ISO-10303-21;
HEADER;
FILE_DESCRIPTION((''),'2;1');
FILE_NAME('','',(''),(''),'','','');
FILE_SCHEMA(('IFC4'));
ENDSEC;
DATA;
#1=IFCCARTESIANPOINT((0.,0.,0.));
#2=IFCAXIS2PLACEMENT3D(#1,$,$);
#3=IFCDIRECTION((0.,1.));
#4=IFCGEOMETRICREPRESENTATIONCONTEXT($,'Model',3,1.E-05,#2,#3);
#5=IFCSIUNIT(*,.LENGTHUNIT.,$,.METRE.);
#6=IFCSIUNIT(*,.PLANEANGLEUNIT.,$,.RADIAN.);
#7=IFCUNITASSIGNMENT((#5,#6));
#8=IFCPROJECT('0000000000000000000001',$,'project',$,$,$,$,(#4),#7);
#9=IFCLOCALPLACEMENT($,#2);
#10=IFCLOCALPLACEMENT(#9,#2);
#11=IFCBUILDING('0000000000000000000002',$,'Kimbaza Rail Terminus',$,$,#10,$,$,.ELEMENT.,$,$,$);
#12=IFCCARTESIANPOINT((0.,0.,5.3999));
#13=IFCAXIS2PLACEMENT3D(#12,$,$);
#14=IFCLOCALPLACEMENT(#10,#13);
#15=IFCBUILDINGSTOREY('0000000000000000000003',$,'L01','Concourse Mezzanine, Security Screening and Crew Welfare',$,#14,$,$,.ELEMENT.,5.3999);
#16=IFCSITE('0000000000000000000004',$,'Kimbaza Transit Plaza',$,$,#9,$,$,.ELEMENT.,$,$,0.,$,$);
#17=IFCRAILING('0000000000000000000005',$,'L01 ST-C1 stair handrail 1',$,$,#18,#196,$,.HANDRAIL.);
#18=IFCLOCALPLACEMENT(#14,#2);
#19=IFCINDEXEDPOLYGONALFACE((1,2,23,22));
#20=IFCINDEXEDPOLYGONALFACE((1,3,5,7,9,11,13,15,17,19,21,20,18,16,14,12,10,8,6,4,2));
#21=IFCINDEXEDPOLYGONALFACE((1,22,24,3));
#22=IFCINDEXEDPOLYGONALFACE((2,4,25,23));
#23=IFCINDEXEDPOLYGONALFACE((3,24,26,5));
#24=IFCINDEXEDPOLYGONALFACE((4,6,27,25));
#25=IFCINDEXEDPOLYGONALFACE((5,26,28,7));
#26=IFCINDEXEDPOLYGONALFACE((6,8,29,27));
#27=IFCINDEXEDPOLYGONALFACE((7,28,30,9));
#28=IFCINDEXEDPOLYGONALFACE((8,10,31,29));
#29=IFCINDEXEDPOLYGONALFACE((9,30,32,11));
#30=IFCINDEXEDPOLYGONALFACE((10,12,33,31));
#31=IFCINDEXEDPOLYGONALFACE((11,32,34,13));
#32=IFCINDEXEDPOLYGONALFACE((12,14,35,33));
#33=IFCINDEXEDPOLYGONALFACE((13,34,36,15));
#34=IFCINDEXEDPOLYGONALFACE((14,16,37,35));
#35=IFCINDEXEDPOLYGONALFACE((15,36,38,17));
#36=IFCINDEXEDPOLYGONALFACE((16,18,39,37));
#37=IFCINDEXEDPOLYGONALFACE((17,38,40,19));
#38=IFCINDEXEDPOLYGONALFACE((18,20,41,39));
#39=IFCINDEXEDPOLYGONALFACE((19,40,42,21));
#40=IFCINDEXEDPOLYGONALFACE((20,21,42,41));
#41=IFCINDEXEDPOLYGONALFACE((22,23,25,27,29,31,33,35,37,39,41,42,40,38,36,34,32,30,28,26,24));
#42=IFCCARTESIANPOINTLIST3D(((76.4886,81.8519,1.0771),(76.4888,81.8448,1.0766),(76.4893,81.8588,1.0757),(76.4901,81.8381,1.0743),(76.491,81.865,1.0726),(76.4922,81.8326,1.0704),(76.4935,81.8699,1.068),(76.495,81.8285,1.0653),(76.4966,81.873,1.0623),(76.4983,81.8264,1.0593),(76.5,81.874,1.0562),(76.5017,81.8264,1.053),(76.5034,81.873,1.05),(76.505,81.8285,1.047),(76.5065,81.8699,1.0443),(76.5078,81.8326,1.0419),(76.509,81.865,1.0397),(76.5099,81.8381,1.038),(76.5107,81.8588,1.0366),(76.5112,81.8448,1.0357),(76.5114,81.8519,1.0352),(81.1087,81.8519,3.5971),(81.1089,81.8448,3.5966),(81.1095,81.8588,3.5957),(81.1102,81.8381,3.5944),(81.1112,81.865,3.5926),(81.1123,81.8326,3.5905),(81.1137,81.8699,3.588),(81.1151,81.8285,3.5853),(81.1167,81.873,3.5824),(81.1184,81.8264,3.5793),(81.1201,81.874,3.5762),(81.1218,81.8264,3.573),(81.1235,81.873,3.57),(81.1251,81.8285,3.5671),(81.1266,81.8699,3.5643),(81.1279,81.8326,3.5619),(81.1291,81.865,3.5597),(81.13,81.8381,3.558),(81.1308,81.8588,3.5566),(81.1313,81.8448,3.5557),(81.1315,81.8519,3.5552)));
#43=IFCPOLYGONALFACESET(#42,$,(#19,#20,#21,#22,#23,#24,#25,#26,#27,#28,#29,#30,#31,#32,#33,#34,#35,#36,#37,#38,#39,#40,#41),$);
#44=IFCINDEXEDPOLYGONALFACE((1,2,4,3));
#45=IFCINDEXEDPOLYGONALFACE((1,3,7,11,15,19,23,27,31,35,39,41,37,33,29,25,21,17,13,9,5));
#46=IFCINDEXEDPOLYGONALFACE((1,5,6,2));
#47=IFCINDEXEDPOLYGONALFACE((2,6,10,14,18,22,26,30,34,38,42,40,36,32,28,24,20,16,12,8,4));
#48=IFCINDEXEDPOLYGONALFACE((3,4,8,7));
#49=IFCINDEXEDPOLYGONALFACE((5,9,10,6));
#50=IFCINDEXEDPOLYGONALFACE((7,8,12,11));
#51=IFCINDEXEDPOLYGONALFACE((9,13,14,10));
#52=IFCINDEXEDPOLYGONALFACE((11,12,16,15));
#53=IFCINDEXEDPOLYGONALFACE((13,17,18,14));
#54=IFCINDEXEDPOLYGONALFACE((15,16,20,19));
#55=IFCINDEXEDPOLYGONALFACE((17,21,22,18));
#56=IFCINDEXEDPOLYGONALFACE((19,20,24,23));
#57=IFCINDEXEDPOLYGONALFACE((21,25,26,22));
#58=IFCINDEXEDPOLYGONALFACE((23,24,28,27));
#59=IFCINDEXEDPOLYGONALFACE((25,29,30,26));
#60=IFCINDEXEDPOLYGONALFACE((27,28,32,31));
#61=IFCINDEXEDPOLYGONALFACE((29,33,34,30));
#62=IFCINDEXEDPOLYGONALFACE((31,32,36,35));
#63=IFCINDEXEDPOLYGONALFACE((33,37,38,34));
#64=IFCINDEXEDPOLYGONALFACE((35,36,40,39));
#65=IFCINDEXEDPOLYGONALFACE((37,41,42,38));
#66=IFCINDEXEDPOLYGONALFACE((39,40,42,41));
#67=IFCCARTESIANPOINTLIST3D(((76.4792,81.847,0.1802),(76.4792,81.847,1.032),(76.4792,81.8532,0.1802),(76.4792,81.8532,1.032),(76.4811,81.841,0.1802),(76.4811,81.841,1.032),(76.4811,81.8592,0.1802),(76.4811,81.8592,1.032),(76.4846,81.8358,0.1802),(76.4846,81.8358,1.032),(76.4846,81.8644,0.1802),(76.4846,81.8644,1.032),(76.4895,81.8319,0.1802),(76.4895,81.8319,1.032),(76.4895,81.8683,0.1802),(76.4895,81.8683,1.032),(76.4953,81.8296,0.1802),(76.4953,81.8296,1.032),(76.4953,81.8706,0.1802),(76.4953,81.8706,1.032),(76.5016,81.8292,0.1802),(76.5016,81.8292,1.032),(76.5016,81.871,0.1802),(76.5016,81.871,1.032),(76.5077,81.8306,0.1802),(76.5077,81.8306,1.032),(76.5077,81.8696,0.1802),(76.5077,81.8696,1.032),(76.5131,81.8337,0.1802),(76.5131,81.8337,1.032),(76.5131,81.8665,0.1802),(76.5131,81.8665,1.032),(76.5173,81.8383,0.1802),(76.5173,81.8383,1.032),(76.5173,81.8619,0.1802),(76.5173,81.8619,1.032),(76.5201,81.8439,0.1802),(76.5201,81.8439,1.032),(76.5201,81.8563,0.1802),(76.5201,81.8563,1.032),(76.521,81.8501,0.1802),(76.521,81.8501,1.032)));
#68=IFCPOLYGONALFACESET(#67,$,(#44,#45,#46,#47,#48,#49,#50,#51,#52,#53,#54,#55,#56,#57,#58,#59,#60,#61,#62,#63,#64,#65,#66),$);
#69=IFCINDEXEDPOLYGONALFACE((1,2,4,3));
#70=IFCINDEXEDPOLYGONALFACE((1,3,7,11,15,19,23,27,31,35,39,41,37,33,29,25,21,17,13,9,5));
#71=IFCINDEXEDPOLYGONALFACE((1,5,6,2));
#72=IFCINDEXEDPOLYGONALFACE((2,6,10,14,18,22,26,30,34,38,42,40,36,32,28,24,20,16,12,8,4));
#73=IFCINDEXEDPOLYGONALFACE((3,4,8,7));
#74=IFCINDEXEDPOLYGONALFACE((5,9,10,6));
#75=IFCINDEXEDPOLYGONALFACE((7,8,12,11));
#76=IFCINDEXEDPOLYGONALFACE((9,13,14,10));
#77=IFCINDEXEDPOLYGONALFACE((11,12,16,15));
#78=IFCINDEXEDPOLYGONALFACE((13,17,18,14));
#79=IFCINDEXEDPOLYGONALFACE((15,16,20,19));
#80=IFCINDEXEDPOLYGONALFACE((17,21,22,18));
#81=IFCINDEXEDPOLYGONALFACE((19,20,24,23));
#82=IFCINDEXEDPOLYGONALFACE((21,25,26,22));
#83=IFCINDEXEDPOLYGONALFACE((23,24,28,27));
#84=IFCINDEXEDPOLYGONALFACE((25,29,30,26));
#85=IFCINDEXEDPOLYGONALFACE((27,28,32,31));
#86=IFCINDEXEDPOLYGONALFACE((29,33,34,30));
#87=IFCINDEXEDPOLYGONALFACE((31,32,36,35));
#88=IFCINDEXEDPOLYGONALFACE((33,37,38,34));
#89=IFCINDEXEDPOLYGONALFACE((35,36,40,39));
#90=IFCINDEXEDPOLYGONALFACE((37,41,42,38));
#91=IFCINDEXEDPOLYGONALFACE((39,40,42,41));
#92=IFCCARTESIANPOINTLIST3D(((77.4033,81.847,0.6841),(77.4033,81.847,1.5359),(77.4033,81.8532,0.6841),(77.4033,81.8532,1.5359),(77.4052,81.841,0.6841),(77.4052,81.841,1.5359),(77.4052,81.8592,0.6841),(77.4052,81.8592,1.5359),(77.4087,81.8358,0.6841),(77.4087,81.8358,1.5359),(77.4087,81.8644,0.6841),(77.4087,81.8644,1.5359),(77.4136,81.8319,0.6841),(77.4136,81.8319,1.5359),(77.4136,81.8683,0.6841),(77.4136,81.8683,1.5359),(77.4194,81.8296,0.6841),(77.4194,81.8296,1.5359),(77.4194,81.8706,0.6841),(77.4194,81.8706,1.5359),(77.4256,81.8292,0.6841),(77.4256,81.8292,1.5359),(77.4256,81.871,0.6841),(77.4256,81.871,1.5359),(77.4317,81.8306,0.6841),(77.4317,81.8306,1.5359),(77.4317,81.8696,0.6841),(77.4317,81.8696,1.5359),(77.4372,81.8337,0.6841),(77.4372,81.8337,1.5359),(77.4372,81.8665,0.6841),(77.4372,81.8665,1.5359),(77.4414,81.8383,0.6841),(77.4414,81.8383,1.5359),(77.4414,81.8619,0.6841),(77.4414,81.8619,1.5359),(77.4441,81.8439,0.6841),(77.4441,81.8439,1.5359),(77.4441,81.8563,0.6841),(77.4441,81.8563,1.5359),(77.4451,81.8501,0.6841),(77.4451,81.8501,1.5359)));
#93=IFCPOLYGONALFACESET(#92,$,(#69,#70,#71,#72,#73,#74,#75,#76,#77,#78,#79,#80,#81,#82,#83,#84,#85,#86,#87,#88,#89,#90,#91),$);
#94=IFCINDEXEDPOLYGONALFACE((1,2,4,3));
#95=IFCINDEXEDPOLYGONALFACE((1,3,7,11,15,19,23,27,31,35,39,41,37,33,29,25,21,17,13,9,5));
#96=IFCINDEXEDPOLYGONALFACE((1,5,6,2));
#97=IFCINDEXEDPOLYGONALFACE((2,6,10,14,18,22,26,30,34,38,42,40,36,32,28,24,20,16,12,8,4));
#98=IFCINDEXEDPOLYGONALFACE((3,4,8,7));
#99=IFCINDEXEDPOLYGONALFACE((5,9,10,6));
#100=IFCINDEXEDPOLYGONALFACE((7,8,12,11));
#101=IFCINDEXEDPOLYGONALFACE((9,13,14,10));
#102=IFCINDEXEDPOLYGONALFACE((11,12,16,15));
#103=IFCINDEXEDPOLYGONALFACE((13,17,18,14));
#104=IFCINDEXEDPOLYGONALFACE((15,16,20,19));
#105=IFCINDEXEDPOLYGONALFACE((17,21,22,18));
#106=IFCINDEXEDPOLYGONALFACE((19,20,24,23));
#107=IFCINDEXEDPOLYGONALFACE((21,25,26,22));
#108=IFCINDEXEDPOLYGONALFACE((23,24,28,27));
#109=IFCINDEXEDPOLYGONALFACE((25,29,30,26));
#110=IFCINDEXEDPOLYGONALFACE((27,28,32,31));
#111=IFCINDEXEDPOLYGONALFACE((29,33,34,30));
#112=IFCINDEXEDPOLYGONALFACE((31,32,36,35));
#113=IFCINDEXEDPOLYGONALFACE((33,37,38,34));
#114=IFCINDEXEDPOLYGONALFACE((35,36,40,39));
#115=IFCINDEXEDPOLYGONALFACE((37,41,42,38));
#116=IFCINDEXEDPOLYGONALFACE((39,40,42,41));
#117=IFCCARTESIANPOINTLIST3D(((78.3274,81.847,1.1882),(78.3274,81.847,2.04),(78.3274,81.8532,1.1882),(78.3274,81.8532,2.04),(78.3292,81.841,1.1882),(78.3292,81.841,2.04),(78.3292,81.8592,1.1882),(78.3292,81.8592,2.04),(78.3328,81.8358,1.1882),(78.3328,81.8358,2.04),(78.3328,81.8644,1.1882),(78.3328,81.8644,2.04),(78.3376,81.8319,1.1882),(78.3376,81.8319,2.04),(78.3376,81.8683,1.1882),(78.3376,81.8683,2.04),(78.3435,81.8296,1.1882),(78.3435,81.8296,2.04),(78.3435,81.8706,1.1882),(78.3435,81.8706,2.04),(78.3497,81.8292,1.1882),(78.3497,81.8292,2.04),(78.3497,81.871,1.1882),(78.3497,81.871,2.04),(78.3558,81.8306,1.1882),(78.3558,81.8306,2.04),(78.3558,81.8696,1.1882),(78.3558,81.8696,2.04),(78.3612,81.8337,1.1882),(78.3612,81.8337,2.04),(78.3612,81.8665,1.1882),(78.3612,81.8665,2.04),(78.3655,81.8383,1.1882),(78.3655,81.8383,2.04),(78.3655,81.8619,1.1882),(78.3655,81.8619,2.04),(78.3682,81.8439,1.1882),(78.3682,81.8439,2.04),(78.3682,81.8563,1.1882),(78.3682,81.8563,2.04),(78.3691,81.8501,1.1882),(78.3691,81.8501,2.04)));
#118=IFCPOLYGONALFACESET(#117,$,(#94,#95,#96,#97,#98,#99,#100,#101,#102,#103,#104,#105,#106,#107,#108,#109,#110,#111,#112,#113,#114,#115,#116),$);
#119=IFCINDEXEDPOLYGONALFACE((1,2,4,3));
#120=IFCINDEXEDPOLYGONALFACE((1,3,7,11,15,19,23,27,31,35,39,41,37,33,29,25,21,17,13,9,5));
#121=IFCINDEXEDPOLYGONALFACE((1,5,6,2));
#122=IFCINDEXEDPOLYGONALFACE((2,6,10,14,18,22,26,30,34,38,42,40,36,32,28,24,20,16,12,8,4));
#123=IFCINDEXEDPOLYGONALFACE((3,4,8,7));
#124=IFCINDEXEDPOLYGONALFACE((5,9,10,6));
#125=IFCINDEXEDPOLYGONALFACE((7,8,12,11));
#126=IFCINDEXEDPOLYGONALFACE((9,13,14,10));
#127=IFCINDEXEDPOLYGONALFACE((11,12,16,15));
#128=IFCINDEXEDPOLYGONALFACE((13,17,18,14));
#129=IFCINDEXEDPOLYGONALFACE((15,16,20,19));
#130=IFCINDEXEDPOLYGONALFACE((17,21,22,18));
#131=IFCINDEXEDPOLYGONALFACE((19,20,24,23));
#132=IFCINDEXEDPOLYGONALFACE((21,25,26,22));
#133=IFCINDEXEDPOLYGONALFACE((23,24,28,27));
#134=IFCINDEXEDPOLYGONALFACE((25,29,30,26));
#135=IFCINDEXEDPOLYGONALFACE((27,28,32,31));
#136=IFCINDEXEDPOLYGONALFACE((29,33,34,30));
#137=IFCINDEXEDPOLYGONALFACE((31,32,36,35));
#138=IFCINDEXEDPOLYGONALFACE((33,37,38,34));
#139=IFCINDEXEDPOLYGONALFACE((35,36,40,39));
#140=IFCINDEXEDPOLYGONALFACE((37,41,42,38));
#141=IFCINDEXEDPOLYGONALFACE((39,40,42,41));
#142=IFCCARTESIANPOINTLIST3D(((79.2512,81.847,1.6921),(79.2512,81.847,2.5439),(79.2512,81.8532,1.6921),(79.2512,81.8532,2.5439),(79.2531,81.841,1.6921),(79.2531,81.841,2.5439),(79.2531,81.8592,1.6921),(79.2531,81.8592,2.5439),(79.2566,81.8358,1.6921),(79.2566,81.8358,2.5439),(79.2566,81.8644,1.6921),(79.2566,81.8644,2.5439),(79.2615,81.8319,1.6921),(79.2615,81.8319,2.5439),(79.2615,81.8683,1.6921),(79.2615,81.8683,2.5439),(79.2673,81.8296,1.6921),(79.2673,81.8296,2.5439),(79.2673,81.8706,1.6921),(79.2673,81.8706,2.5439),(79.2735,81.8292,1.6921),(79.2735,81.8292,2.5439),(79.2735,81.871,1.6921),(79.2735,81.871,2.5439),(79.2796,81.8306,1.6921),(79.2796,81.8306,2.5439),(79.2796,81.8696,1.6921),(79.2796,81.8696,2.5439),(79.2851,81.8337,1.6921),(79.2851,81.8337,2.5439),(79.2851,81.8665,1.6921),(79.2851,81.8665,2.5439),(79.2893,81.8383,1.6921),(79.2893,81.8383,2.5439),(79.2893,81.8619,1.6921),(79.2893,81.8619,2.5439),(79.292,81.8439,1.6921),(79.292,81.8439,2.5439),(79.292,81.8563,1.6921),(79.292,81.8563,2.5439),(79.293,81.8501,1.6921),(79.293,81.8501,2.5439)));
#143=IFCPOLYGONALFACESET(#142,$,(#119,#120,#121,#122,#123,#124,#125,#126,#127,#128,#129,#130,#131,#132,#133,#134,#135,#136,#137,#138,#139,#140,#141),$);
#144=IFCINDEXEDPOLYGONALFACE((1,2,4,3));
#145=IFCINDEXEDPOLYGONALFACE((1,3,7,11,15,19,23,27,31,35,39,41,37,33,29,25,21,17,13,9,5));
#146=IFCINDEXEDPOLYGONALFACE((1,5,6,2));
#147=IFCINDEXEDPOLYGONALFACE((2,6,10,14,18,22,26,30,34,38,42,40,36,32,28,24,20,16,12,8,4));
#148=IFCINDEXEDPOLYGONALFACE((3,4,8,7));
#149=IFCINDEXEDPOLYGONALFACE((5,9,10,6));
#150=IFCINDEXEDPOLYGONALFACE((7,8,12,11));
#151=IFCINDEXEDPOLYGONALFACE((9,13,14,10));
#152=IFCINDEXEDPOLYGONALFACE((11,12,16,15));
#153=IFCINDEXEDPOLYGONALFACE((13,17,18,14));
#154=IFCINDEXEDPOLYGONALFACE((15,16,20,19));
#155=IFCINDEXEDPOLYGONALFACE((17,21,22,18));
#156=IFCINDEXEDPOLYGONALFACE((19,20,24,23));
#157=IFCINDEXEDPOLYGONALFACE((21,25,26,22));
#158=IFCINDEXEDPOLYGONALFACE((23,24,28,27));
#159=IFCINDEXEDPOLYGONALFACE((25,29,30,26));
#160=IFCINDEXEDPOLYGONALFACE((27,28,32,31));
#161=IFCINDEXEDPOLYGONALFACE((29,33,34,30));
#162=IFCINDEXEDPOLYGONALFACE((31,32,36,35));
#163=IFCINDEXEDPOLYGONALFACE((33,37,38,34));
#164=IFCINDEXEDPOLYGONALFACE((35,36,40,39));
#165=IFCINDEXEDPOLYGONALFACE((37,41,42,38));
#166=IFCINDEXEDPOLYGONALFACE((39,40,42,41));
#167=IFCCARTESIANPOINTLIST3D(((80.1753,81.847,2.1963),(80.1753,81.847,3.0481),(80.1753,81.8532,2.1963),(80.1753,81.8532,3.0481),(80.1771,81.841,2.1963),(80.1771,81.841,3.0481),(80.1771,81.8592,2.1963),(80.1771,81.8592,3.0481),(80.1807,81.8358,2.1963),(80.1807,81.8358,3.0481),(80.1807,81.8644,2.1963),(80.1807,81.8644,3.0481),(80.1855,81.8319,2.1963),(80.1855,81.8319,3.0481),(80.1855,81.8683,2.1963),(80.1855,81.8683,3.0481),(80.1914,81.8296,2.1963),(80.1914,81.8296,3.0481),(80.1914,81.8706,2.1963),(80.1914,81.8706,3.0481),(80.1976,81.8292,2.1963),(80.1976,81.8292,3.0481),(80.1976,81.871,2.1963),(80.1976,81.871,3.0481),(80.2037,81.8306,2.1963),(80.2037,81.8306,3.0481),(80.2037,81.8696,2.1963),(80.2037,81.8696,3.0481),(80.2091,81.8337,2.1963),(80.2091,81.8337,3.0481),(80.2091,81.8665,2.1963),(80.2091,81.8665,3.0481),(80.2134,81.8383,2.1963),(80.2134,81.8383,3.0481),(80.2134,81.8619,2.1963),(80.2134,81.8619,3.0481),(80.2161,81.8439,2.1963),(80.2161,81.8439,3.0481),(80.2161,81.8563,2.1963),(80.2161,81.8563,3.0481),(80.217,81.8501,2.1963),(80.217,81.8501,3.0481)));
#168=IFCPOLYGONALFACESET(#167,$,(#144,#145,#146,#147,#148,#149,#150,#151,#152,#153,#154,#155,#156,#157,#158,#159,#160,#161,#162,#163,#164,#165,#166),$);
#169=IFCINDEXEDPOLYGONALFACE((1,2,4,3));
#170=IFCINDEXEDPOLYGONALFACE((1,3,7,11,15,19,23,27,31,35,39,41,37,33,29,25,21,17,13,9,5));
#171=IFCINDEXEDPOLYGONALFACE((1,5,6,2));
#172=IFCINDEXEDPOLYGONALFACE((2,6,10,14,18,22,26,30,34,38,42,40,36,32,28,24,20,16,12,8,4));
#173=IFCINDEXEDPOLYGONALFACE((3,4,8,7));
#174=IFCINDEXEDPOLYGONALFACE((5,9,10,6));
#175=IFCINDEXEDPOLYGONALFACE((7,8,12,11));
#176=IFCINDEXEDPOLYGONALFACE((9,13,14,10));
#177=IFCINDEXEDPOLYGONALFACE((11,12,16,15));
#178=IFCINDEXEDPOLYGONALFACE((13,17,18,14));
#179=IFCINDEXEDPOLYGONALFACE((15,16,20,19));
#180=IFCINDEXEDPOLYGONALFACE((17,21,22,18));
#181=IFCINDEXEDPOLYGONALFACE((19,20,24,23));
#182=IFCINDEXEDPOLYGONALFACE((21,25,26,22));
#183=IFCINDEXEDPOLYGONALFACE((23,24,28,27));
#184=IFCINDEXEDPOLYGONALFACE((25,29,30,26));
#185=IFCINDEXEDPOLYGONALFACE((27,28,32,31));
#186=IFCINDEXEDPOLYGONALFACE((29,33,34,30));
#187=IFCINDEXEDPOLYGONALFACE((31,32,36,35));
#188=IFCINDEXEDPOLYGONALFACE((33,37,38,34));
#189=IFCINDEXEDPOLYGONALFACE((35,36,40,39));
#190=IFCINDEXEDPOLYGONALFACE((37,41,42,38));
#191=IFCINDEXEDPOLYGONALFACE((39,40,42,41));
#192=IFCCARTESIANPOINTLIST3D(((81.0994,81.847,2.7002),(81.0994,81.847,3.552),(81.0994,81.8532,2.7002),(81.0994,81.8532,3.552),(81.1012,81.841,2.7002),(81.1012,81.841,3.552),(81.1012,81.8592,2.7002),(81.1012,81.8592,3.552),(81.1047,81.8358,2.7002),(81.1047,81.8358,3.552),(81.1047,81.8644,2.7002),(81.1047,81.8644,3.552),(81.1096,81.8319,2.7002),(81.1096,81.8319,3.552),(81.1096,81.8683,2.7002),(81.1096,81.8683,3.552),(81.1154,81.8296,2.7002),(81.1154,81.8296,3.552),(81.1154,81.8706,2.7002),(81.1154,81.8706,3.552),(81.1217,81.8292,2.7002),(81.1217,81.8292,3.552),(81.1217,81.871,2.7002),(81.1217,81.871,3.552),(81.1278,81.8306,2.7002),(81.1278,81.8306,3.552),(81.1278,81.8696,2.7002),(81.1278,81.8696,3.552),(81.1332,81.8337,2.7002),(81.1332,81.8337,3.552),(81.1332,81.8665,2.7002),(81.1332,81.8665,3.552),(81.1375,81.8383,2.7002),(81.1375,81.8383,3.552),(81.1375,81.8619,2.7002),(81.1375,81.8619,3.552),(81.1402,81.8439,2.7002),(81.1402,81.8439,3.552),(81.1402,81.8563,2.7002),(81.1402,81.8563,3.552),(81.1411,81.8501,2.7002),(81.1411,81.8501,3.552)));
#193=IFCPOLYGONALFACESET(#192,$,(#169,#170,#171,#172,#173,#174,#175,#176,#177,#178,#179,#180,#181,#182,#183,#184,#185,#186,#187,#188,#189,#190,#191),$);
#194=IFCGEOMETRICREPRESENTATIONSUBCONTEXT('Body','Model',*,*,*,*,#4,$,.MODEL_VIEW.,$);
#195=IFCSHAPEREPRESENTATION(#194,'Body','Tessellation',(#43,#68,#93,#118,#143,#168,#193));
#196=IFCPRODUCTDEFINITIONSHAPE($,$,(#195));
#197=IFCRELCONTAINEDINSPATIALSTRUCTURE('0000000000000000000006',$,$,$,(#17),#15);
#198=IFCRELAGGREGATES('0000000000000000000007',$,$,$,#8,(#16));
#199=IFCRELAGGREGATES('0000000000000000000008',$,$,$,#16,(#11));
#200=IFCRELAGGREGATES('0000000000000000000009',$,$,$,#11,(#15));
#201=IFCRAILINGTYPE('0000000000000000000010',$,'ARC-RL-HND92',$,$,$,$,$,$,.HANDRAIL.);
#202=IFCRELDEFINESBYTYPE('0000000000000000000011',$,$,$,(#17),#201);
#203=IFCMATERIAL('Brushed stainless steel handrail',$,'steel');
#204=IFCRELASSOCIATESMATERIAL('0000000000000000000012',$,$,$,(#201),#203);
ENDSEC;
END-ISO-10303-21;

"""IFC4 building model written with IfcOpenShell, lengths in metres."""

from ifc_helpers import new_model, si_unit, direction, frame, origin, origin_2d, place, context, subcontext, project, spatial, circle, extrude, material, type_object, element, save


model = new_model("IFC4")

# Units and contexts
model_context = context("Model", 3, precision=1e-05, world=origin(), true_north=direction((0.0, 1.0)))
body_context = subcontext(model_context, "Body", "Model", "MODEL_VIEW")
ifc_project = project(units=[si_unit("LENGTHUNIT", "METRE"), si_unit("PLANEANGLEUNIT", "RADIAN")], contexts=[model_context])

# Site, building, storey
site_placement = place(None, origin())
site = spatial("IfcSite", under=ifc_project, at=site_placement, Name="Kimbaza Transit Plaza", CompositionType="ELEMENT", RefElevation=0.0)
building_placement = place(site_placement, origin())
building = spatial("IfcBuilding", under=site, at=building_placement, Name="Kimbaza Rail Terminus", CompositionType="ELEMENT")
storey_placement = place(building_placement, frame((0.0, 0.0, 5.3999)))
storey = spatial("IfcBuildingStorey", under=building, at=storey_placement, Name="L01", Description="Concourse Mezzanine, Security Screening and Crew Welfare", CompositionType="ELEMENT", Elevation=5.3999)

# Railing
ifc_material_1 = material(Name="Brushed stainless steel handrail", Category="steel")
railing_type_1 = type_object("IfcRailingType", Name="ARC-RL-HND92", PredefinedType="HANDRAIL", material=ifc_material_1)
railing_1_placement = place(storey_placement, frame((76.5, 81.8501, 0.1802)))
element("IfcRailing", 1, at=railing_1_placement, inside=storey, type_object=railing_type_1, Name="L01 ST-C1 stair handrail 1", PredefinedType="HANDRAIL", context=body_context, shape_type="SweptSolid", body=[
    extrude(circle(Radius=0.0239, at=origin_2d()), frame((0.0, 0.0, 0.876), z_axis=(0.877899, 0.0, 0.478846), x_axis=(0.0, 1.0, 0.0)), (0.0, 0.0, 1.0), 5.2627),
    extrude(circle(Radius=0.021, at=origin_2d()), origin(), (0.0, 0.0, 1.0), 0.8518),
    extrude(circle(Radius=0.021, at=origin_2d()), frame((0.9241, 0.0, 0.5039)), (0.0, 0.0, 1.0), 0.8518),
    extrude(circle(Radius=0.021, at=origin_2d()), frame((1.8481, 0.0, 1.0081)), (0.0, 0.0, 1.0), 0.8518),
    extrude(circle(Radius=0.021, at=origin_2d()), frame((2.772, 0.0, 1.512)), (0.0, 0.0, 1.0), 0.8518),
    extrude(circle(Radius=0.021, at=origin_2d()), frame((3.696, 0.0, 2.0161)), (0.0, 0.0, 1.0), 0.8518),
    extrude(circle(Radius=0.021, at=origin_2d()), frame((4.6201, 0.0, 2.52)), (0.0, 0.0, 1.0), 0.8518),
])

save(model, "model.ifc")
